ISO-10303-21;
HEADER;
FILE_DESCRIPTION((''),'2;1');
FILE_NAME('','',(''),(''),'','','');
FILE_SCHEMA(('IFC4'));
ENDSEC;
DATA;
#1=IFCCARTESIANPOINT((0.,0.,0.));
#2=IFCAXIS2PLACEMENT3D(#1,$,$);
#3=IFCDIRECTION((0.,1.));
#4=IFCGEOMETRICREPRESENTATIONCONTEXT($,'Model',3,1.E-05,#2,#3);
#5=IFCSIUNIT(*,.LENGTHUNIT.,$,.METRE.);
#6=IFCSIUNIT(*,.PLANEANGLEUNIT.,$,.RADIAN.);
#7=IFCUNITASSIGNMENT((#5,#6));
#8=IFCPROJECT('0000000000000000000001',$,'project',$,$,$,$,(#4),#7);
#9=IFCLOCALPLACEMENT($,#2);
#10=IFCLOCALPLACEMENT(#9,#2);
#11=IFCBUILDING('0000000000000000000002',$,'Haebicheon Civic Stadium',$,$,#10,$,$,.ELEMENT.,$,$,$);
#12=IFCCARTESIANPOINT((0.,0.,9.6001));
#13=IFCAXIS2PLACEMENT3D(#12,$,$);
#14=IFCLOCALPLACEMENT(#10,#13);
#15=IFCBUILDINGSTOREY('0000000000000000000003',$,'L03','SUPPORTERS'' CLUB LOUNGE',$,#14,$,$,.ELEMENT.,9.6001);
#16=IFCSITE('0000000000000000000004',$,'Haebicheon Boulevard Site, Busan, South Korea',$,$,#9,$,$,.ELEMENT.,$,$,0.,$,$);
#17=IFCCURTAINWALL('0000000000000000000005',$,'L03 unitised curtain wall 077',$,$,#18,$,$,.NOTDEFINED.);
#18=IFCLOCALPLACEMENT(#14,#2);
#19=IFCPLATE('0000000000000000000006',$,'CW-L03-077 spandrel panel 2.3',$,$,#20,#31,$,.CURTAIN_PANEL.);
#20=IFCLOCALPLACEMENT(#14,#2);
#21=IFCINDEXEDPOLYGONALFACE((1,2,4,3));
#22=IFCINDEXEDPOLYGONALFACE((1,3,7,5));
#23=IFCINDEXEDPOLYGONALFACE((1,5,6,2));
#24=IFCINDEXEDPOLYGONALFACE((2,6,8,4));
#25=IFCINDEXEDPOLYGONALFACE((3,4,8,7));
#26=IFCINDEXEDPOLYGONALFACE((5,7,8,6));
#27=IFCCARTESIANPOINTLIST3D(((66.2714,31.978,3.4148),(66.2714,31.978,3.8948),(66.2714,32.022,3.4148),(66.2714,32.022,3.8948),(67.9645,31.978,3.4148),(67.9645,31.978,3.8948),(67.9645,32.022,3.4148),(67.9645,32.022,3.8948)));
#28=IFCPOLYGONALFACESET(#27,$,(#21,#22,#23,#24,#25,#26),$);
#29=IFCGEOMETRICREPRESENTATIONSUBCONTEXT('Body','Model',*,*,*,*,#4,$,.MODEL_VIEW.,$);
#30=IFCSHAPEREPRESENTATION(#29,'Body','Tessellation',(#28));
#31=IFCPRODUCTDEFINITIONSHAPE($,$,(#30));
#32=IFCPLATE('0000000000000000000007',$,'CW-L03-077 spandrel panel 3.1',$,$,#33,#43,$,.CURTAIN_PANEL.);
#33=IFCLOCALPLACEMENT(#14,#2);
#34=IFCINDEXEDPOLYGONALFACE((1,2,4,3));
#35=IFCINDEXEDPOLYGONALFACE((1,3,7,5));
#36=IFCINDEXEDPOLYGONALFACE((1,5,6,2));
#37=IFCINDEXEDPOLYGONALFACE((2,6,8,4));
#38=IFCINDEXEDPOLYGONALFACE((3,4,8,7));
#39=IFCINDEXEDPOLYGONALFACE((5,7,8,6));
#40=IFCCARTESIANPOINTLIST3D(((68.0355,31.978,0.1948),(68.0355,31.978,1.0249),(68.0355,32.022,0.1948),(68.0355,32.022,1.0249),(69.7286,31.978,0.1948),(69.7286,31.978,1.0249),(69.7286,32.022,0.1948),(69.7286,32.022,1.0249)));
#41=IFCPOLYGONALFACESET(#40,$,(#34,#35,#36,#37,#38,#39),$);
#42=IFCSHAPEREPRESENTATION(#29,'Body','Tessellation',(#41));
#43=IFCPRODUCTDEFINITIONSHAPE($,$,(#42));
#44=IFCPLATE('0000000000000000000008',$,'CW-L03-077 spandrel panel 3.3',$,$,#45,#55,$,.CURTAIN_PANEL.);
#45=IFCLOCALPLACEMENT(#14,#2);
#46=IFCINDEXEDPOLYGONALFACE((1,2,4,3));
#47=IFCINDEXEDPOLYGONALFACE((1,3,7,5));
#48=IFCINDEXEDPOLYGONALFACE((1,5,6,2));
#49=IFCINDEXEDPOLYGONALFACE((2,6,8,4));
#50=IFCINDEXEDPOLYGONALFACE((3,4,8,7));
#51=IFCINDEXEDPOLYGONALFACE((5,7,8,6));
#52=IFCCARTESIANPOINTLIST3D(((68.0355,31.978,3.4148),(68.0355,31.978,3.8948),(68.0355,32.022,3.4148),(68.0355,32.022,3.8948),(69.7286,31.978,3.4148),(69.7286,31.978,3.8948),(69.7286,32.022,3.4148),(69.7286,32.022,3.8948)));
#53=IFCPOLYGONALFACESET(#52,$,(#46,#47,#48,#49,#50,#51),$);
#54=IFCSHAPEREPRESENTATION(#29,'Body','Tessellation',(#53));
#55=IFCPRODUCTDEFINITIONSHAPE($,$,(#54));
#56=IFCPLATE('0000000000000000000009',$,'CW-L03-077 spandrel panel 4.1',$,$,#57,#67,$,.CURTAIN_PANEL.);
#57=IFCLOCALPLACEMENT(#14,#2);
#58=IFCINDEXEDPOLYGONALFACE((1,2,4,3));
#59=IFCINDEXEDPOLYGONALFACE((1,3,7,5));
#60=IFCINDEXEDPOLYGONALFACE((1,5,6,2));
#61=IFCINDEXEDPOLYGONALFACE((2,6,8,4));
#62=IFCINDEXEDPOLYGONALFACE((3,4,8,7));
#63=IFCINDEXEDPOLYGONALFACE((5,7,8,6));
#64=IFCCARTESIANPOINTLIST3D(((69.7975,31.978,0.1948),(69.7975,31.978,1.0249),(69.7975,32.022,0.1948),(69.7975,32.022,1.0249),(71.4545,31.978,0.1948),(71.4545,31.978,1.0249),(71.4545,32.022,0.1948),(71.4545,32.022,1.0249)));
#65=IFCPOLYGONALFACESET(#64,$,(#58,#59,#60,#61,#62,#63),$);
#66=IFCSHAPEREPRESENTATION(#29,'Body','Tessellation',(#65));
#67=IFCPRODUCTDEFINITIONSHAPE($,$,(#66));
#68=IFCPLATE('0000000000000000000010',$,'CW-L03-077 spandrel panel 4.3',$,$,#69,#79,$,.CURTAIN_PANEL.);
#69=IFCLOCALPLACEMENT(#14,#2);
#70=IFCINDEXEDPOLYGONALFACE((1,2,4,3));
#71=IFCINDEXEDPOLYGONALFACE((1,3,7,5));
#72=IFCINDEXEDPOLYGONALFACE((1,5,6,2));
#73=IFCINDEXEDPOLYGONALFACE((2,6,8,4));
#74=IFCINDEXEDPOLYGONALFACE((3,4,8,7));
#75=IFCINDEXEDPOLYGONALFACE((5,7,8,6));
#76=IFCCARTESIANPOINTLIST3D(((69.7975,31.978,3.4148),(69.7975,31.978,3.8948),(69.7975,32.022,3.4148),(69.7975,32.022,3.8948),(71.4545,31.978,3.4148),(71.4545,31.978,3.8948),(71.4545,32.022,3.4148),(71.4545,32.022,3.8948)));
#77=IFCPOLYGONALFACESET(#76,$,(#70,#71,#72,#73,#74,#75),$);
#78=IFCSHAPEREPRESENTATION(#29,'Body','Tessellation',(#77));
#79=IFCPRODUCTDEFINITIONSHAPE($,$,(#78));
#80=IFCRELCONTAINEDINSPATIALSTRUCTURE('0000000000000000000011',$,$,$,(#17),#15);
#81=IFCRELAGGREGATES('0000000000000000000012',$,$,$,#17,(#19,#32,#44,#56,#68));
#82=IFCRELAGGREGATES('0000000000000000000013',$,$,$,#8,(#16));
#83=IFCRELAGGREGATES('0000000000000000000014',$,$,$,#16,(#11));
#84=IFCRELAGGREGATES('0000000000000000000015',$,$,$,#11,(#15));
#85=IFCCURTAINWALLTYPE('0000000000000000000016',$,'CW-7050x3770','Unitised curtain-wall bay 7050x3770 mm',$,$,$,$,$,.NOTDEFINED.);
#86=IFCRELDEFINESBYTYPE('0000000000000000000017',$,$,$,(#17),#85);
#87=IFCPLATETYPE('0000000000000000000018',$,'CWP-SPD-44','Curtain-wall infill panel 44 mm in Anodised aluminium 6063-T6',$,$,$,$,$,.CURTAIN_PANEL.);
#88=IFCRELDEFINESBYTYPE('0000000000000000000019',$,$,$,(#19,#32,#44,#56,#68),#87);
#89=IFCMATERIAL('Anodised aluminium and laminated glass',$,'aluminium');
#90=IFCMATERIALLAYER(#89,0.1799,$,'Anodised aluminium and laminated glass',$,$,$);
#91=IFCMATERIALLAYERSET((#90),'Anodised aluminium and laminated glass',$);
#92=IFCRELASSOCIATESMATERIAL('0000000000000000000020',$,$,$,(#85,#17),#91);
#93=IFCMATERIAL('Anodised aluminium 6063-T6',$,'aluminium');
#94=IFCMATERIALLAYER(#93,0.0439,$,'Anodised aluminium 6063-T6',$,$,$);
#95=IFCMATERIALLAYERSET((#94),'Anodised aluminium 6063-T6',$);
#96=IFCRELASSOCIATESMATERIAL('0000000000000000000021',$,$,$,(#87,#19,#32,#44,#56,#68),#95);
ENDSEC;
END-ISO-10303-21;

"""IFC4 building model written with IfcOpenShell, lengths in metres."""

from ifc_helpers import new_model, si_unit, direction, frame, origin, origin_2d, place, context, subcontext, project, spatial, rectangle, extrude, material, layer, layer_set, type_object, element, aggregate, save


model = new_model("IFC4")

# Units and contexts
model_context = context("Model", 3, precision=1e-05, world=origin(), true_north=direction((0.0, 1.0)))
body_context = subcontext(model_context, "Body", "Model", "MODEL_VIEW")
ifc_project = project(units=[si_unit("LENGTHUNIT", "METRE"), si_unit("PLANEANGLEUNIT", "RADIAN")], contexts=[model_context])

# Site, building, storey
site_placement = place(None, origin())
site = spatial("IfcSite", under=ifc_project, at=site_placement, Name="Haebicheon Boulevard Site, Busan, South Korea", CompositionType="ELEMENT", RefElevation=0.0)
building_placement = place(site_placement, origin())
building = spatial("IfcBuilding", under=site, at=building_placement, Name="Haebicheon Civic Stadium", CompositionType="ELEMENT")
storey_placement = place(building_placement, frame((0.0, 0.0, 9.6001)))
storey = spatial("IfcBuildingStorey", under=building, at=storey_placement, Name="L03", Description="SUPPORTERS' CLUB LOUNGE", CompositionType="ELEMENT", Elevation=9.6001)

# Curtain wall
ifc_material_1 = material(Name="Anodised aluminium and laminated glass", Category="aluminium")
ifc_layer_1 = layer(ifc_material_1, 0.1799, Name="Anodised aluminium and laminated glass")
ifc_layer_set_1 = layer_set([ifc_layer_1], Name="Anodised aluminium and laminated glass")
curtain_wall_type = type_object("IfcCurtainWallType", Name="CW-7050x3770", Description="Unitised curtain-wall bay 7050x3770 mm", PredefinedType="NOTDEFINED", material=ifc_layer_set_1)
curtain_wall_placement = place(storey_placement, origin())
curtain_wall = element("IfcCurtainWall", 1, at=curtain_wall_placement, inside=storey, type_object=curtain_wall_type, material=ifc_layer_set_1, Name="L03 unitised curtain wall 077", PredefinedType="NOTDEFINED")

# Plates
ifc_material_2 = material(Name="Anodised aluminium 6063-T6", Category="aluminium")
ifc_layer_2 = layer(ifc_material_2, 0.0439, Name="Anodised aluminium 6063-T6")
ifc_layer_set_2 = layer_set([ifc_layer_2], Name="Anodised aluminium 6063-T6")
plate_type_1 = type_object("IfcPlateType", Name="CWP-SPD-44", Description="Curtain-wall infill panel 44 mm in Anodised aluminium 6063-T6", PredefinedType="CURTAIN_PANEL", material=ifc_layer_set_2)
plate_1_placement = place(storey_placement, frame((67.1179, 32.0, 3.4148), z_axis=(0.0, 0.0, 1.0), x_axis=(1.0, 0.0, 0.0)))
plate_1 = element("IfcPlate", 2, at=plate_1_placement, type_object=plate_type_1, material=ifc_layer_set_2, Name="CW-L03-077 spandrel panel 2.3", PredefinedType="CURTAIN_PANEL", context=body_context, shape_type="SweptSolid", body=[
    extrude(rectangle(XDim=1.6931, YDim=0.0439, at=origin_2d()), origin(), (0.0, 0.0, 1.0), 0.48),
])
plate_2_placement = place(storey_placement, frame((68.8821, 32.0, 0.1948), z_axis=(0.0, 0.0, 1.0), x_axis=(1.0, 0.0, 0.0)))
plate_2 = element("IfcPlate", 3, at=plate_2_placement, type_object=plate_type_1, material=ifc_layer_set_2, Name="CW-L03-077 spandrel panel 3.1", PredefinedType="CURTAIN_PANEL", context=body_context, shape_type="SweptSolid", body=[
    extrude(rectangle(XDim=1.6931, YDim=0.0439, at=origin_2d()), origin(), (0.0, 0.0, 1.0), 0.8301),
])
plate_3_placement = place(storey_placement, frame((68.8821, 32.0, 3.4148), z_axis=(0.0, 0.0, 1.0), x_axis=(1.0, 0.0, 0.0)))
plate_3 = element("IfcPlate", 4, at=plate_3_placement, type_object=plate_type_1, material=ifc_layer_set_2, Name="CW-L03-077 spandrel panel 3.3", PredefinedType="CURTAIN_PANEL", context=body_context, shape_type="SweptSolid", body=[
    extrude(rectangle(XDim=1.6931, YDim=0.0439, at=origin_2d()), origin(), (0.0, 0.0, 1.0), 0.48),
])
plate_4_placement = place(storey_placement, frame((70.626, 32.0, 0.1948), z_axis=(0.0, 0.0, 1.0), x_axis=(1.0, 0.0, 0.0)))
plate_4 = element("IfcPlate", 5, at=plate_4_placement, type_object=plate_type_1, material=ifc_layer_set_2, Name="CW-L03-077 spandrel panel 4.1", PredefinedType="CURTAIN_PANEL", context=body_context, shape_type="SweptSolid", body=[
    extrude(rectangle(XDim=1.657, YDim=0.0439, at=origin_2d()), origin(), (0.0, 0.0, 1.0), 0.8301),
])
plate_5_placement = place(storey_placement, frame((70.626, 32.0, 3.4148), z_axis=(0.0, 0.0, 1.0), x_axis=(1.0, 0.0, 0.0)))
plate_5 = element("IfcPlate", 6, at=plate_5_placement, type_object=plate_type_1, material=ifc_layer_set_2, Name="CW-L03-077 spandrel panel 4.3", PredefinedType="CURTAIN_PANEL", context=body_context, shape_type="SweptSolid", body=[
    extrude(rectangle(XDim=1.657, YDim=0.0439, at=origin_2d()), origin(), (0.0, 0.0, 1.0), 0.48),
])
aggregate(curtain_wall, [plate_1, plate_2, plate_3, plate_4, plate_5])

save(model, "model.ifc")
